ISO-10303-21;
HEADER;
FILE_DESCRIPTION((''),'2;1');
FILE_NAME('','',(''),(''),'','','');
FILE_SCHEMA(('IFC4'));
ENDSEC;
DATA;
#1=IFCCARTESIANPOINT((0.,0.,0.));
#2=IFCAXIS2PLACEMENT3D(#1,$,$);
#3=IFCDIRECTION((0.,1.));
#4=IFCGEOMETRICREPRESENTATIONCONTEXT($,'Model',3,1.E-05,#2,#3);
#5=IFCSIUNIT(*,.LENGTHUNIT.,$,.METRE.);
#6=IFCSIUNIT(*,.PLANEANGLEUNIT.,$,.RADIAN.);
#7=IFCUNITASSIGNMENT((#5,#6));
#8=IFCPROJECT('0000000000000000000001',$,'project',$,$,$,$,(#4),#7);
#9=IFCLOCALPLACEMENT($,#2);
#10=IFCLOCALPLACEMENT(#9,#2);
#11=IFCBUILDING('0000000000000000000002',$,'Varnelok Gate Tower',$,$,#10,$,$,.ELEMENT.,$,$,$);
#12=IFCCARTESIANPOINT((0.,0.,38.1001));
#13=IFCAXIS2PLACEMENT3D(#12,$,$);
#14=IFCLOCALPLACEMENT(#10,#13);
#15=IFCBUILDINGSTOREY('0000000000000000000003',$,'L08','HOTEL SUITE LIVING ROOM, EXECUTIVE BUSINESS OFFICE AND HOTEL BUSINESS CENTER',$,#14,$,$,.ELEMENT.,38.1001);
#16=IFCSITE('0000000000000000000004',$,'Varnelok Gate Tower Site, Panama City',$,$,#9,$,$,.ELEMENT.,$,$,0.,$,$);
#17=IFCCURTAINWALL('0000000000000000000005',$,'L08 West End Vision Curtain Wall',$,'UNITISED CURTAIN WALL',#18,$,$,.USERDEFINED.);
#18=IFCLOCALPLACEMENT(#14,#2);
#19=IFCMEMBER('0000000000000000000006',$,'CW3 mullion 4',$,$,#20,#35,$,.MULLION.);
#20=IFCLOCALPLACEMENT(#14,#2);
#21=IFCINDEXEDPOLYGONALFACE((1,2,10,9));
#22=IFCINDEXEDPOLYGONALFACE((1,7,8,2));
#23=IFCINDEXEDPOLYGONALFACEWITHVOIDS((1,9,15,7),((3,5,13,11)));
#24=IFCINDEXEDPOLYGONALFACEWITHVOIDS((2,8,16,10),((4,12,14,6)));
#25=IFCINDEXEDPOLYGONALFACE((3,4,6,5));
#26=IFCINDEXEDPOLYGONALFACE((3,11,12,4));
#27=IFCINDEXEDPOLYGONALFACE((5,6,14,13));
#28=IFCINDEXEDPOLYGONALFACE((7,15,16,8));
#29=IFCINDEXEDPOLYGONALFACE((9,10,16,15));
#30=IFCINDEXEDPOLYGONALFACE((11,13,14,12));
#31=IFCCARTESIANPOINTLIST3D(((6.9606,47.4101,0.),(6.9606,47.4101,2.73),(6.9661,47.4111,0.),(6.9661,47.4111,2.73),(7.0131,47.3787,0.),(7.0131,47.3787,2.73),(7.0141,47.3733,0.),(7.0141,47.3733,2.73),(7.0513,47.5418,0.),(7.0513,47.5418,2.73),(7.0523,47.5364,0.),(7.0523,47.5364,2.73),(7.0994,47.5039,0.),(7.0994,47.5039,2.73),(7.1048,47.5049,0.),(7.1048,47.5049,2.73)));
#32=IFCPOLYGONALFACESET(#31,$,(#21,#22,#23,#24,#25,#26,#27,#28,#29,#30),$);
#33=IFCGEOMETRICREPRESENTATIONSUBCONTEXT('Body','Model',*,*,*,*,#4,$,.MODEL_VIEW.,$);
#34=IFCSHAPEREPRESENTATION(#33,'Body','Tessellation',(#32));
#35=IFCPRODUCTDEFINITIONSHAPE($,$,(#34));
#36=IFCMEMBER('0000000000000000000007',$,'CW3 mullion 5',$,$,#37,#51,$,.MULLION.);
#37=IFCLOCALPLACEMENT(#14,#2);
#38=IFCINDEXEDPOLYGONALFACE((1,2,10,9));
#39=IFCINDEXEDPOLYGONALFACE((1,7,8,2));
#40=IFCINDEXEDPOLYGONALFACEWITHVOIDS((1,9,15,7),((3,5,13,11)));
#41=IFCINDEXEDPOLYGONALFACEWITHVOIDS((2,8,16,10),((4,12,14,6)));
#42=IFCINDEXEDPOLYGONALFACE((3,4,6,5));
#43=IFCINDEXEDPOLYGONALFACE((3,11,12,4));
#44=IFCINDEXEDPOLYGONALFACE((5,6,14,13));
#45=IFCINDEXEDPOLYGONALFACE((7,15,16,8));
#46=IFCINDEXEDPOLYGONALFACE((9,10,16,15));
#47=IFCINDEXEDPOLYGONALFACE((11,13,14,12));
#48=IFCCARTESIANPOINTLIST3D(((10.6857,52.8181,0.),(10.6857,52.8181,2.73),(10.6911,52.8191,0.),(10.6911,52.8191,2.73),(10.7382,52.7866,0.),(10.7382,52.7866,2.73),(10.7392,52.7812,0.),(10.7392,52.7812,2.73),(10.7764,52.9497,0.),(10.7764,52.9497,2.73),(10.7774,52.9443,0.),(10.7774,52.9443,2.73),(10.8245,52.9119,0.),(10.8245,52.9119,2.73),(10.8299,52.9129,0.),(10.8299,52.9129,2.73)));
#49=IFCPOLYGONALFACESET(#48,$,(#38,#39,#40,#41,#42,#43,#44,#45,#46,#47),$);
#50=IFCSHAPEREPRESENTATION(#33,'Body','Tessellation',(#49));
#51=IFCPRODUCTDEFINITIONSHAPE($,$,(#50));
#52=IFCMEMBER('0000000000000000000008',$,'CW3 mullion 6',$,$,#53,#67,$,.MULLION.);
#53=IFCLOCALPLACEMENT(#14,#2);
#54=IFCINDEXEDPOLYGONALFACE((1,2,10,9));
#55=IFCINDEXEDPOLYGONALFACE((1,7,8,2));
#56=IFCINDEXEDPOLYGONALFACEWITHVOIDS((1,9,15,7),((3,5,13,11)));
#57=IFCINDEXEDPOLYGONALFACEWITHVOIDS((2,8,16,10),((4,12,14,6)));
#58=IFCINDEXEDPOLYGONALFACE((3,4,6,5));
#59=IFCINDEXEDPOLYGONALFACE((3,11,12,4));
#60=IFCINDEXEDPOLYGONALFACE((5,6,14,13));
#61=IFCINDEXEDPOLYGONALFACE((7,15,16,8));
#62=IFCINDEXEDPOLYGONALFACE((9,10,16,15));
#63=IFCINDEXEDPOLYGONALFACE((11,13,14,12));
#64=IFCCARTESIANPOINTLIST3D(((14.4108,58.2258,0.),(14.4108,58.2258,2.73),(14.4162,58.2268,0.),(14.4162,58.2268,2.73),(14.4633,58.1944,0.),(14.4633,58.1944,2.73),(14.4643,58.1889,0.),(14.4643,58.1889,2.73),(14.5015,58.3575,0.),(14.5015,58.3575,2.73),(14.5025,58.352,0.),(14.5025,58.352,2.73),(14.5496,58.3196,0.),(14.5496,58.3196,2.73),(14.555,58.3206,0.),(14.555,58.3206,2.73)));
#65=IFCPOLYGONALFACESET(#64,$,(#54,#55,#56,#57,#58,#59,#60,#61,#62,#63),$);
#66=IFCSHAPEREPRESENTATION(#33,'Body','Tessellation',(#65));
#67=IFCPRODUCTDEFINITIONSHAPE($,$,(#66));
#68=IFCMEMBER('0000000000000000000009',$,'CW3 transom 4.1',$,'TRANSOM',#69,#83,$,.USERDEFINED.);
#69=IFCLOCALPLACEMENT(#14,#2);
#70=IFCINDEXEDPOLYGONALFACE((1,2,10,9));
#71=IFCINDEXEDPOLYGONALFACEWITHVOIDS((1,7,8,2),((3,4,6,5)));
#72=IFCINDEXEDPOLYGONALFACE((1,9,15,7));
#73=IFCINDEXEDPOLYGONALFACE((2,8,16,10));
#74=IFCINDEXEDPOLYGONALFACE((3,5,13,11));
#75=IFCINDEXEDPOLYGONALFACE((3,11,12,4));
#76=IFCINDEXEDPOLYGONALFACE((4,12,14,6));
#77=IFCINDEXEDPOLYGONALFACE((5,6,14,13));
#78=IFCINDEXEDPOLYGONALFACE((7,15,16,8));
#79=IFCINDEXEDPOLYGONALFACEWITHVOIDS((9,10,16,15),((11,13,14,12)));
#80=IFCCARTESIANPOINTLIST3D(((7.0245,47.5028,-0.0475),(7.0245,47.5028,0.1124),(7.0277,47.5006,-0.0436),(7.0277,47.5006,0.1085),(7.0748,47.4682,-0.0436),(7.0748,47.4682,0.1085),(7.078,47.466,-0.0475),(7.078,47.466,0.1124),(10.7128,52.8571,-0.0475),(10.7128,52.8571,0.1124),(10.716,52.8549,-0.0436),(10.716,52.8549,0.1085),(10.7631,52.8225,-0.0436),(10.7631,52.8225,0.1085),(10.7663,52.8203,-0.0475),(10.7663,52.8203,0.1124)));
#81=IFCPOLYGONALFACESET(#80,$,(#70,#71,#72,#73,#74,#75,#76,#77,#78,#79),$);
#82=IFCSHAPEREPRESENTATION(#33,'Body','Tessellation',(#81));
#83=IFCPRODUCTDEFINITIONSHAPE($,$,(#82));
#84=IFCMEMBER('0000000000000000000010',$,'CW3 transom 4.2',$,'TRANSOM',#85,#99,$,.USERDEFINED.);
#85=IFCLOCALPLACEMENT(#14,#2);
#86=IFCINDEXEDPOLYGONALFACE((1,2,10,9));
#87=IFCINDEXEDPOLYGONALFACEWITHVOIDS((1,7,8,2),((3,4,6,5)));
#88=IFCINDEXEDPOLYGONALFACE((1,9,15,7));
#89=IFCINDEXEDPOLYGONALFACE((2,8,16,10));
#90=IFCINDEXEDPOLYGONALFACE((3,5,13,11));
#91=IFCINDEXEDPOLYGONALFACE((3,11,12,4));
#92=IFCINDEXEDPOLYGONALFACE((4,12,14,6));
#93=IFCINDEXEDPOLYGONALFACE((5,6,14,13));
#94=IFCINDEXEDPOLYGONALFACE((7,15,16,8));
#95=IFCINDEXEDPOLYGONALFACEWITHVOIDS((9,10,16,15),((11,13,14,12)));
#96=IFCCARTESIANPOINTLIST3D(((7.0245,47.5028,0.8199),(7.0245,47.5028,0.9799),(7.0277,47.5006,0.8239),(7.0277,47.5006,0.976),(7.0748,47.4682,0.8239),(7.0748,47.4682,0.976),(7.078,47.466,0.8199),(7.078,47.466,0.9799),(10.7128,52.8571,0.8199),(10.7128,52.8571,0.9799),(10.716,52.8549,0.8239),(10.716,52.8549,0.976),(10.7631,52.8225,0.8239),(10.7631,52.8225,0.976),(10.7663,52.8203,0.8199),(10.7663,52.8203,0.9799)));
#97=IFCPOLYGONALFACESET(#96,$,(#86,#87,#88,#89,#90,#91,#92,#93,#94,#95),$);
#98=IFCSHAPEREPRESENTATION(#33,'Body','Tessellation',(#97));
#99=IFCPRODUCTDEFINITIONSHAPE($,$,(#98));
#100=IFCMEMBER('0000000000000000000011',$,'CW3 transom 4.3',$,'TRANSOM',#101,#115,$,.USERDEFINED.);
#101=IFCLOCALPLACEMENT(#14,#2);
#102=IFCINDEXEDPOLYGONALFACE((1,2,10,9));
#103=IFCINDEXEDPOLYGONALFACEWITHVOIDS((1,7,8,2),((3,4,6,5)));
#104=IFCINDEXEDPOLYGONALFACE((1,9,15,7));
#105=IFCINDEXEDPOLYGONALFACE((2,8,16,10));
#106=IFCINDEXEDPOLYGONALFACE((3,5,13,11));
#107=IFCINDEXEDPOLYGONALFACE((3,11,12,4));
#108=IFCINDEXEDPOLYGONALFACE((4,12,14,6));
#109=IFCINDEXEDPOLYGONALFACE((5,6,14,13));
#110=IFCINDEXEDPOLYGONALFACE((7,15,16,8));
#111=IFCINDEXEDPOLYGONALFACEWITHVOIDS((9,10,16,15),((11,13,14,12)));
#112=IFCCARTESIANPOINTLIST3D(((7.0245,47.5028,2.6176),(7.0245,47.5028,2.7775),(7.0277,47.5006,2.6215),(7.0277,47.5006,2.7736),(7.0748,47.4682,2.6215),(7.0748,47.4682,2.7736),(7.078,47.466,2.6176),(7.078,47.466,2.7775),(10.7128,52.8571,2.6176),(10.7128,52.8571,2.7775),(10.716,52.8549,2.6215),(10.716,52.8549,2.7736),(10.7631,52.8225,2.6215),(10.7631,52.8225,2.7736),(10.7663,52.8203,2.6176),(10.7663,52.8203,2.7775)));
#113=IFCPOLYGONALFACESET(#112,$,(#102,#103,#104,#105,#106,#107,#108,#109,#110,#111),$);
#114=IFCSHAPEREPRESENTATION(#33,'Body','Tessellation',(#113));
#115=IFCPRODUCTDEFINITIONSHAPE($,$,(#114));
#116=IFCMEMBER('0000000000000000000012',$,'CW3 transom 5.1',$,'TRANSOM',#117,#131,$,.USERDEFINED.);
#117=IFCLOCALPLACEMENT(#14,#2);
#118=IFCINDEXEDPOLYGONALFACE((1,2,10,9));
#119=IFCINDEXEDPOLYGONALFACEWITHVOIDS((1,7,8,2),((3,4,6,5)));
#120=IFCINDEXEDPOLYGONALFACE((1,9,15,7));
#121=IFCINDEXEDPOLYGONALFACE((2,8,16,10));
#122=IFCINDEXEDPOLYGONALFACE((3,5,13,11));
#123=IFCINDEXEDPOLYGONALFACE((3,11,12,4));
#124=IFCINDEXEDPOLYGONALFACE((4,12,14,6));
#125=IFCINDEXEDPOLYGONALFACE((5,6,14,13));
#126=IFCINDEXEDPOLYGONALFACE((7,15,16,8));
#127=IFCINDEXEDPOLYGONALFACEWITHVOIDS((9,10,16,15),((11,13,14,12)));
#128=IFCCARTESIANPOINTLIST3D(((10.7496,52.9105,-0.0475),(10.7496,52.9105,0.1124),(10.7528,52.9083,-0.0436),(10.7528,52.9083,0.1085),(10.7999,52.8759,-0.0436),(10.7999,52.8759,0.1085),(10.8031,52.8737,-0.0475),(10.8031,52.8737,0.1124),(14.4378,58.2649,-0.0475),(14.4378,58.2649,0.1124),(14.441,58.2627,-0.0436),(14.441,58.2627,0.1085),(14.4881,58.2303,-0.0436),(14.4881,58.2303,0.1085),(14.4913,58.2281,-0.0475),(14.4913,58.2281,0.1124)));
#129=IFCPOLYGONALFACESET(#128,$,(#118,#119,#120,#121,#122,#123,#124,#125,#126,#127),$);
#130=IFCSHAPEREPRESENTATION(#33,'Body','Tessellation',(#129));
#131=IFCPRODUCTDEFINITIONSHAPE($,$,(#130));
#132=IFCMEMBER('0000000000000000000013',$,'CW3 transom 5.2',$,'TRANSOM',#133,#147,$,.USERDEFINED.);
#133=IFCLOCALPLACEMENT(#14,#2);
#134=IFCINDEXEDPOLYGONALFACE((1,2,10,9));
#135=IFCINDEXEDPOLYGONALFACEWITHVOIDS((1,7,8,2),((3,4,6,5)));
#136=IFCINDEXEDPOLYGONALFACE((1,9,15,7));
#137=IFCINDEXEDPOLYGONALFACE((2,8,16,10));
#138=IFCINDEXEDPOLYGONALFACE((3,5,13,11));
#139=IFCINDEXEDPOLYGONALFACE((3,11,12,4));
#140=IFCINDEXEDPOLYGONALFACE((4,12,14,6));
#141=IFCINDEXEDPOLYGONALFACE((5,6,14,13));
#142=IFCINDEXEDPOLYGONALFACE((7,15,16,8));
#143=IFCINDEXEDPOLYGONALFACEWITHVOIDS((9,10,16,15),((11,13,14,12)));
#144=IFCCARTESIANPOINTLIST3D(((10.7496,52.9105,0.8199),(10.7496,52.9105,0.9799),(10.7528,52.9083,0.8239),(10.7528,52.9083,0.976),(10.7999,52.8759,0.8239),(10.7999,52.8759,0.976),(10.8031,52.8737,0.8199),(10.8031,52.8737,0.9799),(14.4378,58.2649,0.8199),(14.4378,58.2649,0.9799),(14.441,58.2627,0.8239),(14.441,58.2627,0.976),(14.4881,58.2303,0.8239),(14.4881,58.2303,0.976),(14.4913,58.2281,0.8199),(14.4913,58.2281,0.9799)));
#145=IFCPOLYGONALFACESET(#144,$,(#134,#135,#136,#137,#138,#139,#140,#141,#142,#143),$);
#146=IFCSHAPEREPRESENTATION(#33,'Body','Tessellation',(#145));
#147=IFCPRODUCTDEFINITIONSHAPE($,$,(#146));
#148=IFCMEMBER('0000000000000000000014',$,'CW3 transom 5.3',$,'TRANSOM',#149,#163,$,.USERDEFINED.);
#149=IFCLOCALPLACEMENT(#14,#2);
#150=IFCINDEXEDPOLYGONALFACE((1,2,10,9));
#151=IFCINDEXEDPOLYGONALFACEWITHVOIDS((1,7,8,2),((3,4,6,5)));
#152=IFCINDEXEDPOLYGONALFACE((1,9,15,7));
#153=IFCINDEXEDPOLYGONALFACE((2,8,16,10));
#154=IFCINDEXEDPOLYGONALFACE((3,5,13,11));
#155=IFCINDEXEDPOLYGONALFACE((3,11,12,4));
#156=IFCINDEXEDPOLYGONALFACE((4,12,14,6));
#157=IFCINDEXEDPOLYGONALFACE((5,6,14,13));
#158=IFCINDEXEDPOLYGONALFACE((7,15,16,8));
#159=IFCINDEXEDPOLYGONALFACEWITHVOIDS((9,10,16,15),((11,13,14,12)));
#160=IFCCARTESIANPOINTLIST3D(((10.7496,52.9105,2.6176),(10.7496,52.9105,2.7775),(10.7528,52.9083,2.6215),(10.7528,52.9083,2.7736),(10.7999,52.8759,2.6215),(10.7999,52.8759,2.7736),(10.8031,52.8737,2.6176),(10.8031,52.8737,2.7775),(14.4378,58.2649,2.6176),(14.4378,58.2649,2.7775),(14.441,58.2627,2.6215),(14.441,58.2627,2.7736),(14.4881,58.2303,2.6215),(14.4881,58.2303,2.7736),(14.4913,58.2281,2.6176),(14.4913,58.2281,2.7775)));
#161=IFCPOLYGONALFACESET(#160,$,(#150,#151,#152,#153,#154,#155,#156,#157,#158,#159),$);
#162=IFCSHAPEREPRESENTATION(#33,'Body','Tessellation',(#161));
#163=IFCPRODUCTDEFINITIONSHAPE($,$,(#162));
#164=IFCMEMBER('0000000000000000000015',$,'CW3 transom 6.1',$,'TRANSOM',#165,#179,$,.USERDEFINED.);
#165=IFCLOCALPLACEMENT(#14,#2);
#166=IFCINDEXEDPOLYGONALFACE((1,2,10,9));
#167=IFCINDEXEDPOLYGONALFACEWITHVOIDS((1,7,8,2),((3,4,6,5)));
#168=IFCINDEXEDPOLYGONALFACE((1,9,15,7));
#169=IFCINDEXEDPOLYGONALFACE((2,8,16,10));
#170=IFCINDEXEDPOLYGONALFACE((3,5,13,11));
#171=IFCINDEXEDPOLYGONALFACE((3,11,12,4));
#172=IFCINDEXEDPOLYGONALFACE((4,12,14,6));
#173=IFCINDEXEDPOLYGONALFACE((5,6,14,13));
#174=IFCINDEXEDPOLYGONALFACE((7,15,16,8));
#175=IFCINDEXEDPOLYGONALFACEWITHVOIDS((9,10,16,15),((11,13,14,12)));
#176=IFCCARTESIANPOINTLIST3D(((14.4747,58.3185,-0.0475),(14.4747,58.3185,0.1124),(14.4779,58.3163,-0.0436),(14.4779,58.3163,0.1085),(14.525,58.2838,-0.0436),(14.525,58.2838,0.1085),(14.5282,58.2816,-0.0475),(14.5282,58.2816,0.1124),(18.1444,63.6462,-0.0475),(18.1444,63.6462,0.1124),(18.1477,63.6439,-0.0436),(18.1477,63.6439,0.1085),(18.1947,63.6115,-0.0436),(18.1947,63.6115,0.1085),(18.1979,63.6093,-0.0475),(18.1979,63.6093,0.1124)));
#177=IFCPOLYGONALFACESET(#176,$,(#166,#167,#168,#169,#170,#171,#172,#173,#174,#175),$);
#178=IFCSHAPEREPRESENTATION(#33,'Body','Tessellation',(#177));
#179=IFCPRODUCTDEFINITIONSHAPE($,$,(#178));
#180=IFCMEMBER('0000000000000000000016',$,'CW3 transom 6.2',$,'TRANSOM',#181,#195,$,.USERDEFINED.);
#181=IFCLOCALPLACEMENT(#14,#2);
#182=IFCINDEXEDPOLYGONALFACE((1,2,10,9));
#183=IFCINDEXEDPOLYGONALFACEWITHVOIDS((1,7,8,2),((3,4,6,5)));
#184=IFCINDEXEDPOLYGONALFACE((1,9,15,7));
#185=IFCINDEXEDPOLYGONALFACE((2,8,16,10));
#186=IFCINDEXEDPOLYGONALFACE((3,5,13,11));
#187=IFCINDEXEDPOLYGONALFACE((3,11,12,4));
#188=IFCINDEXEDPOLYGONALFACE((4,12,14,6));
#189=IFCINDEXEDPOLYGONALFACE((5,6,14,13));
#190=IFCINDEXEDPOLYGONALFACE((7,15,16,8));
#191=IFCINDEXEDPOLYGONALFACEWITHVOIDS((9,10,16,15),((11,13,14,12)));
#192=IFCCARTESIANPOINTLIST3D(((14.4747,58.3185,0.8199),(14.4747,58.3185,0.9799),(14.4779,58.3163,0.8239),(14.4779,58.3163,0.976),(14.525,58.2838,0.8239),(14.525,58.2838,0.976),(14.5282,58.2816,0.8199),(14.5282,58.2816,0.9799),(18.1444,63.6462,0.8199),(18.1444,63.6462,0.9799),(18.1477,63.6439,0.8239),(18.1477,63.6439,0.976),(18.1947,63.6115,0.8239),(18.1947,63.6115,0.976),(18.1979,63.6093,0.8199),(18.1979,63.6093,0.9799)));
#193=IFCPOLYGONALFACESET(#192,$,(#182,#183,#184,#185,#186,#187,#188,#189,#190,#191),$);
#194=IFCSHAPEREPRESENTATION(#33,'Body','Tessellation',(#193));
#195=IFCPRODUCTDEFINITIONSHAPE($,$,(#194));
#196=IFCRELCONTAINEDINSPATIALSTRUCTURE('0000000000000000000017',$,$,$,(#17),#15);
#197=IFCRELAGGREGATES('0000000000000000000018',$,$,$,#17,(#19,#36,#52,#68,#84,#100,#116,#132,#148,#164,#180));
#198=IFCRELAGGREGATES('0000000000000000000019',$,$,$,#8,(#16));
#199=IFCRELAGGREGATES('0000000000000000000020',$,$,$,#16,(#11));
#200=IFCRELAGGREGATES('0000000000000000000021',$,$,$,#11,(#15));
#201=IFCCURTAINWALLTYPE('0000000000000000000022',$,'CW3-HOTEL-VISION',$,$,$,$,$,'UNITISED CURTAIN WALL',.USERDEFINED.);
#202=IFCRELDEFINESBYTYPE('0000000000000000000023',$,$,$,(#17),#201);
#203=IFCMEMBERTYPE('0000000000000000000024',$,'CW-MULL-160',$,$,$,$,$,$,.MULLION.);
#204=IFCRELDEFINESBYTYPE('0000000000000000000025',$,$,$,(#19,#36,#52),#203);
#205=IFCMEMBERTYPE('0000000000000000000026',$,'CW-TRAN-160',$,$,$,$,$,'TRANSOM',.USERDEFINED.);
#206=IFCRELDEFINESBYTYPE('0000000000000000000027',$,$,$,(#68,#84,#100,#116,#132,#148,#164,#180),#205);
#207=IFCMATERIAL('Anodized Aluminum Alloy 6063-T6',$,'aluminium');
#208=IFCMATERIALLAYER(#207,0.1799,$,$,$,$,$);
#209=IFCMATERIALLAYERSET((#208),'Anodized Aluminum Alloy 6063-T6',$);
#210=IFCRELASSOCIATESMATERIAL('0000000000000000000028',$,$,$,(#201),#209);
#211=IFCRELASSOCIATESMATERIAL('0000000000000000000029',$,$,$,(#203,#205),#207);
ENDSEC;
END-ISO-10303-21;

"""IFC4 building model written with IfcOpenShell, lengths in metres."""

from ifc_helpers import new_model, si_unit, direction, frame, origin, origin_2d, place, context, subcontext, project, spatial, hollow_rectangle, extrude, material, layer, layer_set, material_profile, profile_set, type_object, element, aggregate, save


model = new_model("IFC4")

# Units and contexts
model_context = context("Model", 3, precision=1e-05, world=origin(), true_north=direction((0.0, 1.0)))
body_context = subcontext(model_context, "Body", "Model", "MODEL_VIEW")
ifc_project = project(units=[si_unit("LENGTHUNIT", "METRE"), si_unit("PLANEANGLEUNIT", "RADIAN")], contexts=[model_context])

# Site, building, storey
site_placement = place(None, origin())
site = spatial("IfcSite", under=ifc_project, at=site_placement, Name="Varnelok Gate Tower Site, Panama City", CompositionType="ELEMENT", RefElevation=0.0)
building_placement = place(site_placement, origin())
building = spatial("IfcBuilding", under=site, at=building_placement, Name="Varnelok Gate Tower", CompositionType="ELEMENT")
storey_placement = place(building_placement, frame((0.0, 0.0, 38.1001)))
storey = spatial("IfcBuildingStorey", under=building, at=storey_placement, Name="L08", Description="HOTEL SUITE LIVING ROOM, EXECUTIVE BUSINESS OFFICE AND HOTEL BUSINESS CENTER", CompositionType="ELEMENT", Elevation=38.1001)

# Curtain wall, members
ifc_material_1 = material(Name="Anodized Aluminum Alloy 6063-T6", Category="aluminium")
ifc_layer_1 = layer(ifc_material_1, 0.1799)
ifc_layer_set_1 = layer_set([ifc_layer_1], Name="Anodized Aluminum Alloy 6063-T6")
curtain_wall_type = type_object("IfcCurtainWallType", Name="CW3-HOTEL-VISION", ElementType="UNITISED CURTAIN WALL", PredefinedType="USERDEFINED", material=ifc_layer_set_1)
curtain_wall_placement = place(storey_placement, origin())
curtain_wall = element("IfcCurtainWall", 1, at=curtain_wall_placement, inside=storey, type_object=curtain_wall_type, Name="L08 West End Vision Curtain Wall", ObjectType="UNITISED CURTAIN WALL", PredefinedType="USERDEFINED")
ifc_material_profile_1 = material_profile(ifc_material_1, hollow_rectangle(XDim=0.0649, YDim=0.1599, WallThickness=0.0039, at=origin_2d()), Name="ALU160X65X4")
ifc_profile_set_1 = profile_set([ifc_material_profile_1], Name="Anodized Aluminum Alloy 6063-T6")
member_type_1 = type_object("IfcMemberType", Name="CW-MULL-160", PredefinedType="MULLION", material=ifc_profile_set_1)
member_1_placement = place(storey_placement, frame((7.0327, 47.4575, 0.0), z_axis=(0.0, 0.0, 1.0), x_axis=(-0.823533, 0.567269, 0.0)))
member_1 = element("IfcMember", 2, at=member_1_placement, type_object=member_type_1, Name="CW3 mullion 4", PredefinedType="MULLION", context=body_context, shape_type="SweptSolid", body=[
    extrude(hollow_rectangle(XDim=0.0649, YDim=0.1599, WallThickness=0.0039, at=origin_2d()), origin(), (0.0, 0.0, 1.0), 2.73),
])
member_2_placement = place(storey_placement, frame((10.7578, 52.8655, 0.0), z_axis=(0.0, 0.0, 1.0), x_axis=(-0.823533, 0.567269, 0.0)))
member_2 = element("IfcMember", 3, at=member_2_placement, type_object=member_type_1, Name="CW3 mullion 5", PredefinedType="MULLION", context=body_context, shape_type="SweptSolid", body=[
    extrude(hollow_rectangle(XDim=0.0649, YDim=0.1599, WallThickness=0.0039, at=origin_2d()), origin(), (0.0, 0.0, 1.0), 2.73),
])
member_3_placement = place(storey_placement, frame((14.4829, 58.2732, 0.0), z_axis=(0.0, 0.0, 1.0), x_axis=(-0.823533, 0.567269, 0.0)))
member_3 = element("IfcMember", 4, at=member_3_placement, type_object=member_type_1, Name="CW3 mullion 6", PredefinedType="MULLION", context=body_context, shape_type="SweptSolid", body=[
    extrude(hollow_rectangle(XDim=0.0649, YDim=0.1599, WallThickness=0.0039, at=origin_2d()), origin(), (0.0, 0.0, 1.0), 2.73),
])
ifc_material_profile_2 = material_profile(ifc_material_1, hollow_rectangle(XDim=0.0649, YDim=0.1599, WallThickness=0.0039, at=origin_2d()), Name="ALU160X65X4")
ifc_profile_set_2 = profile_set([ifc_material_profile_2], Name="Anodized Aluminum Alloy 6063-T6")
member_type_2 = type_object("IfcMemberType", Name="CW-TRAN-160", ElementType="TRANSOM", PredefinedType="USERDEFINED", material=ifc_profile_set_2)
member_4_placement = place(storey_placement, frame((7.0513, 47.4844, 0.0325), z_axis=(0.567279, 0.823526, 0.0), x_axis=(-0.823526, 0.567279, 0.0)))
member_4 = element("IfcMember", 5, at=member_4_placement, type_object=member_type_2, Name="CW3 transom 4.1", ObjectType="TRANSOM", PredefinedType="USERDEFINED", context=body_context, shape_type="SweptSolid", body=[
    extrude(hollow_rectangle(XDim=0.0649, YDim=0.1599, WallThickness=0.0039, at=origin_2d()), origin(), (0.0, 0.0, 1.0), 6.5017),
])
member_5_placement = place(storey_placement, frame((7.0513, 47.4844, 0.8999), z_axis=(0.567279, 0.823526, 0.0), x_axis=(-0.823526, 0.567279, 0.0)))
member_5 = element("IfcMember", 6, at=member_5_placement, type_object=member_type_2, Name="CW3 transom 4.2", ObjectType="TRANSOM", PredefinedType="USERDEFINED", context=body_context, shape_type="SweptSolid", body=[
    extrude(hollow_rectangle(XDim=0.0649, YDim=0.1599, WallThickness=0.0039, at=origin_2d()), origin(), (0.0, 0.0, 1.0), 6.5017),
])
member_6_placement = place(storey_placement, frame((7.0513, 47.4844, 2.6975), z_axis=(0.567279, 0.823526, 0.0), x_axis=(-0.823526, 0.567279, 0.0)))
member_6 = element("IfcMember", 7, at=member_6_placement, type_object=member_type_2, Name="CW3 transom 4.3", ObjectType="TRANSOM", PredefinedType="USERDEFINED", context=body_context, shape_type="SweptSolid", body=[
    extrude(hollow_rectangle(XDim=0.0649, YDim=0.1599, WallThickness=0.0039, at=origin_2d()), origin(), (0.0, 0.0, 1.0), 6.5017),
])
member_7_placement = place(storey_placement, frame((10.7764, 52.8921, 0.0325), z_axis=(0.567262, 0.823538, 0.0), x_axis=(-0.823538, 0.567262, 0.0)))
member_7 = element("IfcMember", 8, at=member_7_placement, type_object=member_type_2, Name="CW3 transom 5.1", ObjectType="TRANSOM", PredefinedType="USERDEFINED", context=body_context, shape_type="SweptSolid", body=[
    extrude(hollow_rectangle(XDim=0.0649, YDim=0.1599, WallThickness=0.0039, at=origin_2d()), origin(), (0.0, 0.0, 1.0), 6.5017),
])
member_8_placement = place(storey_placement, frame((10.7764, 52.8921, 0.8999), z_axis=(0.567262, 0.823538, 0.0), x_axis=(-0.823538, 0.567262, 0.0)))
member_8 = element("IfcMember", 9, at=member_8_placement, type_object=member_type_2, Name="CW3 transom 5.2", ObjectType="TRANSOM", PredefinedType="USERDEFINED", context=body_context, shape_type="SweptSolid", body=[
    extrude(hollow_rectangle(XDim=0.0649, YDim=0.1599, WallThickness=0.0039, at=origin_2d()), origin(), (0.0, 0.0, 1.0), 6.5017),
])
member_9_placement = place(storey_placement, frame((10.7764, 52.8921, 2.6975), z_axis=(0.567262, 0.823538, 0.0), x_axis=(-0.823538, 0.567262, 0.0)))
member_9 = element("IfcMember", 10, at=member_9_placement, type_object=member_type_2, Name="CW3 transom 5.3", ObjectType="TRANSOM", PredefinedType="USERDEFINED", context=body_context, shape_type="SweptSolid", body=[
    extrude(hollow_rectangle(XDim=0.0649, YDim=0.1599, WallThickness=0.0039, at=origin_2d()), origin(), (0.0, 0.0, 1.0), 6.5017),
])
member_10_placement = place(storey_placement, frame((14.5015, 58.3, 0.0325), z_axis=(0.567256, 0.823542, 0.0), x_axis=(-0.823542, 0.567256, 0.0)))
member_10 = element("IfcMember", 11, at=member_10_placement, type_object=member_type_2, Name="CW3 transom 6.1", ObjectType="TRANSOM", PredefinedType="USERDEFINED", context=body_context, shape_type="SweptSolid", body=[
    extrude(hollow_rectangle(XDim=0.0649, YDim=0.1599, WallThickness=0.0039, at=origin_2d()), origin(), (0.0, 0.0, 1.0), 6.4692),
])
member_11_placement = place(storey_placement, frame((14.5015, 58.3, 0.8999), z_axis=(0.567256, 0.823542, 0.0), x_axis=(-0.823542, 0.567256, 0.0)))
member_11 = element("IfcMember", 12, at=member_11_placement, type_object=member_type_2, Name="CW3 transom 6.2", ObjectType="TRANSOM", PredefinedType="USERDEFINED", context=body_context, shape_type="SweptSolid", body=[
    extrude(hollow_rectangle(XDim=0.0649, YDim=0.1599, WallThickness=0.0039, at=origin_2d()), origin(), (0.0, 0.0, 1.0), 6.4692),
])
aggregate(curtain_wall, [member_1, member_2, member_3, member_4, member_5, member_6, member_7, member_8, member_9, member_10, member_11])

save(model, "model.ifc")
